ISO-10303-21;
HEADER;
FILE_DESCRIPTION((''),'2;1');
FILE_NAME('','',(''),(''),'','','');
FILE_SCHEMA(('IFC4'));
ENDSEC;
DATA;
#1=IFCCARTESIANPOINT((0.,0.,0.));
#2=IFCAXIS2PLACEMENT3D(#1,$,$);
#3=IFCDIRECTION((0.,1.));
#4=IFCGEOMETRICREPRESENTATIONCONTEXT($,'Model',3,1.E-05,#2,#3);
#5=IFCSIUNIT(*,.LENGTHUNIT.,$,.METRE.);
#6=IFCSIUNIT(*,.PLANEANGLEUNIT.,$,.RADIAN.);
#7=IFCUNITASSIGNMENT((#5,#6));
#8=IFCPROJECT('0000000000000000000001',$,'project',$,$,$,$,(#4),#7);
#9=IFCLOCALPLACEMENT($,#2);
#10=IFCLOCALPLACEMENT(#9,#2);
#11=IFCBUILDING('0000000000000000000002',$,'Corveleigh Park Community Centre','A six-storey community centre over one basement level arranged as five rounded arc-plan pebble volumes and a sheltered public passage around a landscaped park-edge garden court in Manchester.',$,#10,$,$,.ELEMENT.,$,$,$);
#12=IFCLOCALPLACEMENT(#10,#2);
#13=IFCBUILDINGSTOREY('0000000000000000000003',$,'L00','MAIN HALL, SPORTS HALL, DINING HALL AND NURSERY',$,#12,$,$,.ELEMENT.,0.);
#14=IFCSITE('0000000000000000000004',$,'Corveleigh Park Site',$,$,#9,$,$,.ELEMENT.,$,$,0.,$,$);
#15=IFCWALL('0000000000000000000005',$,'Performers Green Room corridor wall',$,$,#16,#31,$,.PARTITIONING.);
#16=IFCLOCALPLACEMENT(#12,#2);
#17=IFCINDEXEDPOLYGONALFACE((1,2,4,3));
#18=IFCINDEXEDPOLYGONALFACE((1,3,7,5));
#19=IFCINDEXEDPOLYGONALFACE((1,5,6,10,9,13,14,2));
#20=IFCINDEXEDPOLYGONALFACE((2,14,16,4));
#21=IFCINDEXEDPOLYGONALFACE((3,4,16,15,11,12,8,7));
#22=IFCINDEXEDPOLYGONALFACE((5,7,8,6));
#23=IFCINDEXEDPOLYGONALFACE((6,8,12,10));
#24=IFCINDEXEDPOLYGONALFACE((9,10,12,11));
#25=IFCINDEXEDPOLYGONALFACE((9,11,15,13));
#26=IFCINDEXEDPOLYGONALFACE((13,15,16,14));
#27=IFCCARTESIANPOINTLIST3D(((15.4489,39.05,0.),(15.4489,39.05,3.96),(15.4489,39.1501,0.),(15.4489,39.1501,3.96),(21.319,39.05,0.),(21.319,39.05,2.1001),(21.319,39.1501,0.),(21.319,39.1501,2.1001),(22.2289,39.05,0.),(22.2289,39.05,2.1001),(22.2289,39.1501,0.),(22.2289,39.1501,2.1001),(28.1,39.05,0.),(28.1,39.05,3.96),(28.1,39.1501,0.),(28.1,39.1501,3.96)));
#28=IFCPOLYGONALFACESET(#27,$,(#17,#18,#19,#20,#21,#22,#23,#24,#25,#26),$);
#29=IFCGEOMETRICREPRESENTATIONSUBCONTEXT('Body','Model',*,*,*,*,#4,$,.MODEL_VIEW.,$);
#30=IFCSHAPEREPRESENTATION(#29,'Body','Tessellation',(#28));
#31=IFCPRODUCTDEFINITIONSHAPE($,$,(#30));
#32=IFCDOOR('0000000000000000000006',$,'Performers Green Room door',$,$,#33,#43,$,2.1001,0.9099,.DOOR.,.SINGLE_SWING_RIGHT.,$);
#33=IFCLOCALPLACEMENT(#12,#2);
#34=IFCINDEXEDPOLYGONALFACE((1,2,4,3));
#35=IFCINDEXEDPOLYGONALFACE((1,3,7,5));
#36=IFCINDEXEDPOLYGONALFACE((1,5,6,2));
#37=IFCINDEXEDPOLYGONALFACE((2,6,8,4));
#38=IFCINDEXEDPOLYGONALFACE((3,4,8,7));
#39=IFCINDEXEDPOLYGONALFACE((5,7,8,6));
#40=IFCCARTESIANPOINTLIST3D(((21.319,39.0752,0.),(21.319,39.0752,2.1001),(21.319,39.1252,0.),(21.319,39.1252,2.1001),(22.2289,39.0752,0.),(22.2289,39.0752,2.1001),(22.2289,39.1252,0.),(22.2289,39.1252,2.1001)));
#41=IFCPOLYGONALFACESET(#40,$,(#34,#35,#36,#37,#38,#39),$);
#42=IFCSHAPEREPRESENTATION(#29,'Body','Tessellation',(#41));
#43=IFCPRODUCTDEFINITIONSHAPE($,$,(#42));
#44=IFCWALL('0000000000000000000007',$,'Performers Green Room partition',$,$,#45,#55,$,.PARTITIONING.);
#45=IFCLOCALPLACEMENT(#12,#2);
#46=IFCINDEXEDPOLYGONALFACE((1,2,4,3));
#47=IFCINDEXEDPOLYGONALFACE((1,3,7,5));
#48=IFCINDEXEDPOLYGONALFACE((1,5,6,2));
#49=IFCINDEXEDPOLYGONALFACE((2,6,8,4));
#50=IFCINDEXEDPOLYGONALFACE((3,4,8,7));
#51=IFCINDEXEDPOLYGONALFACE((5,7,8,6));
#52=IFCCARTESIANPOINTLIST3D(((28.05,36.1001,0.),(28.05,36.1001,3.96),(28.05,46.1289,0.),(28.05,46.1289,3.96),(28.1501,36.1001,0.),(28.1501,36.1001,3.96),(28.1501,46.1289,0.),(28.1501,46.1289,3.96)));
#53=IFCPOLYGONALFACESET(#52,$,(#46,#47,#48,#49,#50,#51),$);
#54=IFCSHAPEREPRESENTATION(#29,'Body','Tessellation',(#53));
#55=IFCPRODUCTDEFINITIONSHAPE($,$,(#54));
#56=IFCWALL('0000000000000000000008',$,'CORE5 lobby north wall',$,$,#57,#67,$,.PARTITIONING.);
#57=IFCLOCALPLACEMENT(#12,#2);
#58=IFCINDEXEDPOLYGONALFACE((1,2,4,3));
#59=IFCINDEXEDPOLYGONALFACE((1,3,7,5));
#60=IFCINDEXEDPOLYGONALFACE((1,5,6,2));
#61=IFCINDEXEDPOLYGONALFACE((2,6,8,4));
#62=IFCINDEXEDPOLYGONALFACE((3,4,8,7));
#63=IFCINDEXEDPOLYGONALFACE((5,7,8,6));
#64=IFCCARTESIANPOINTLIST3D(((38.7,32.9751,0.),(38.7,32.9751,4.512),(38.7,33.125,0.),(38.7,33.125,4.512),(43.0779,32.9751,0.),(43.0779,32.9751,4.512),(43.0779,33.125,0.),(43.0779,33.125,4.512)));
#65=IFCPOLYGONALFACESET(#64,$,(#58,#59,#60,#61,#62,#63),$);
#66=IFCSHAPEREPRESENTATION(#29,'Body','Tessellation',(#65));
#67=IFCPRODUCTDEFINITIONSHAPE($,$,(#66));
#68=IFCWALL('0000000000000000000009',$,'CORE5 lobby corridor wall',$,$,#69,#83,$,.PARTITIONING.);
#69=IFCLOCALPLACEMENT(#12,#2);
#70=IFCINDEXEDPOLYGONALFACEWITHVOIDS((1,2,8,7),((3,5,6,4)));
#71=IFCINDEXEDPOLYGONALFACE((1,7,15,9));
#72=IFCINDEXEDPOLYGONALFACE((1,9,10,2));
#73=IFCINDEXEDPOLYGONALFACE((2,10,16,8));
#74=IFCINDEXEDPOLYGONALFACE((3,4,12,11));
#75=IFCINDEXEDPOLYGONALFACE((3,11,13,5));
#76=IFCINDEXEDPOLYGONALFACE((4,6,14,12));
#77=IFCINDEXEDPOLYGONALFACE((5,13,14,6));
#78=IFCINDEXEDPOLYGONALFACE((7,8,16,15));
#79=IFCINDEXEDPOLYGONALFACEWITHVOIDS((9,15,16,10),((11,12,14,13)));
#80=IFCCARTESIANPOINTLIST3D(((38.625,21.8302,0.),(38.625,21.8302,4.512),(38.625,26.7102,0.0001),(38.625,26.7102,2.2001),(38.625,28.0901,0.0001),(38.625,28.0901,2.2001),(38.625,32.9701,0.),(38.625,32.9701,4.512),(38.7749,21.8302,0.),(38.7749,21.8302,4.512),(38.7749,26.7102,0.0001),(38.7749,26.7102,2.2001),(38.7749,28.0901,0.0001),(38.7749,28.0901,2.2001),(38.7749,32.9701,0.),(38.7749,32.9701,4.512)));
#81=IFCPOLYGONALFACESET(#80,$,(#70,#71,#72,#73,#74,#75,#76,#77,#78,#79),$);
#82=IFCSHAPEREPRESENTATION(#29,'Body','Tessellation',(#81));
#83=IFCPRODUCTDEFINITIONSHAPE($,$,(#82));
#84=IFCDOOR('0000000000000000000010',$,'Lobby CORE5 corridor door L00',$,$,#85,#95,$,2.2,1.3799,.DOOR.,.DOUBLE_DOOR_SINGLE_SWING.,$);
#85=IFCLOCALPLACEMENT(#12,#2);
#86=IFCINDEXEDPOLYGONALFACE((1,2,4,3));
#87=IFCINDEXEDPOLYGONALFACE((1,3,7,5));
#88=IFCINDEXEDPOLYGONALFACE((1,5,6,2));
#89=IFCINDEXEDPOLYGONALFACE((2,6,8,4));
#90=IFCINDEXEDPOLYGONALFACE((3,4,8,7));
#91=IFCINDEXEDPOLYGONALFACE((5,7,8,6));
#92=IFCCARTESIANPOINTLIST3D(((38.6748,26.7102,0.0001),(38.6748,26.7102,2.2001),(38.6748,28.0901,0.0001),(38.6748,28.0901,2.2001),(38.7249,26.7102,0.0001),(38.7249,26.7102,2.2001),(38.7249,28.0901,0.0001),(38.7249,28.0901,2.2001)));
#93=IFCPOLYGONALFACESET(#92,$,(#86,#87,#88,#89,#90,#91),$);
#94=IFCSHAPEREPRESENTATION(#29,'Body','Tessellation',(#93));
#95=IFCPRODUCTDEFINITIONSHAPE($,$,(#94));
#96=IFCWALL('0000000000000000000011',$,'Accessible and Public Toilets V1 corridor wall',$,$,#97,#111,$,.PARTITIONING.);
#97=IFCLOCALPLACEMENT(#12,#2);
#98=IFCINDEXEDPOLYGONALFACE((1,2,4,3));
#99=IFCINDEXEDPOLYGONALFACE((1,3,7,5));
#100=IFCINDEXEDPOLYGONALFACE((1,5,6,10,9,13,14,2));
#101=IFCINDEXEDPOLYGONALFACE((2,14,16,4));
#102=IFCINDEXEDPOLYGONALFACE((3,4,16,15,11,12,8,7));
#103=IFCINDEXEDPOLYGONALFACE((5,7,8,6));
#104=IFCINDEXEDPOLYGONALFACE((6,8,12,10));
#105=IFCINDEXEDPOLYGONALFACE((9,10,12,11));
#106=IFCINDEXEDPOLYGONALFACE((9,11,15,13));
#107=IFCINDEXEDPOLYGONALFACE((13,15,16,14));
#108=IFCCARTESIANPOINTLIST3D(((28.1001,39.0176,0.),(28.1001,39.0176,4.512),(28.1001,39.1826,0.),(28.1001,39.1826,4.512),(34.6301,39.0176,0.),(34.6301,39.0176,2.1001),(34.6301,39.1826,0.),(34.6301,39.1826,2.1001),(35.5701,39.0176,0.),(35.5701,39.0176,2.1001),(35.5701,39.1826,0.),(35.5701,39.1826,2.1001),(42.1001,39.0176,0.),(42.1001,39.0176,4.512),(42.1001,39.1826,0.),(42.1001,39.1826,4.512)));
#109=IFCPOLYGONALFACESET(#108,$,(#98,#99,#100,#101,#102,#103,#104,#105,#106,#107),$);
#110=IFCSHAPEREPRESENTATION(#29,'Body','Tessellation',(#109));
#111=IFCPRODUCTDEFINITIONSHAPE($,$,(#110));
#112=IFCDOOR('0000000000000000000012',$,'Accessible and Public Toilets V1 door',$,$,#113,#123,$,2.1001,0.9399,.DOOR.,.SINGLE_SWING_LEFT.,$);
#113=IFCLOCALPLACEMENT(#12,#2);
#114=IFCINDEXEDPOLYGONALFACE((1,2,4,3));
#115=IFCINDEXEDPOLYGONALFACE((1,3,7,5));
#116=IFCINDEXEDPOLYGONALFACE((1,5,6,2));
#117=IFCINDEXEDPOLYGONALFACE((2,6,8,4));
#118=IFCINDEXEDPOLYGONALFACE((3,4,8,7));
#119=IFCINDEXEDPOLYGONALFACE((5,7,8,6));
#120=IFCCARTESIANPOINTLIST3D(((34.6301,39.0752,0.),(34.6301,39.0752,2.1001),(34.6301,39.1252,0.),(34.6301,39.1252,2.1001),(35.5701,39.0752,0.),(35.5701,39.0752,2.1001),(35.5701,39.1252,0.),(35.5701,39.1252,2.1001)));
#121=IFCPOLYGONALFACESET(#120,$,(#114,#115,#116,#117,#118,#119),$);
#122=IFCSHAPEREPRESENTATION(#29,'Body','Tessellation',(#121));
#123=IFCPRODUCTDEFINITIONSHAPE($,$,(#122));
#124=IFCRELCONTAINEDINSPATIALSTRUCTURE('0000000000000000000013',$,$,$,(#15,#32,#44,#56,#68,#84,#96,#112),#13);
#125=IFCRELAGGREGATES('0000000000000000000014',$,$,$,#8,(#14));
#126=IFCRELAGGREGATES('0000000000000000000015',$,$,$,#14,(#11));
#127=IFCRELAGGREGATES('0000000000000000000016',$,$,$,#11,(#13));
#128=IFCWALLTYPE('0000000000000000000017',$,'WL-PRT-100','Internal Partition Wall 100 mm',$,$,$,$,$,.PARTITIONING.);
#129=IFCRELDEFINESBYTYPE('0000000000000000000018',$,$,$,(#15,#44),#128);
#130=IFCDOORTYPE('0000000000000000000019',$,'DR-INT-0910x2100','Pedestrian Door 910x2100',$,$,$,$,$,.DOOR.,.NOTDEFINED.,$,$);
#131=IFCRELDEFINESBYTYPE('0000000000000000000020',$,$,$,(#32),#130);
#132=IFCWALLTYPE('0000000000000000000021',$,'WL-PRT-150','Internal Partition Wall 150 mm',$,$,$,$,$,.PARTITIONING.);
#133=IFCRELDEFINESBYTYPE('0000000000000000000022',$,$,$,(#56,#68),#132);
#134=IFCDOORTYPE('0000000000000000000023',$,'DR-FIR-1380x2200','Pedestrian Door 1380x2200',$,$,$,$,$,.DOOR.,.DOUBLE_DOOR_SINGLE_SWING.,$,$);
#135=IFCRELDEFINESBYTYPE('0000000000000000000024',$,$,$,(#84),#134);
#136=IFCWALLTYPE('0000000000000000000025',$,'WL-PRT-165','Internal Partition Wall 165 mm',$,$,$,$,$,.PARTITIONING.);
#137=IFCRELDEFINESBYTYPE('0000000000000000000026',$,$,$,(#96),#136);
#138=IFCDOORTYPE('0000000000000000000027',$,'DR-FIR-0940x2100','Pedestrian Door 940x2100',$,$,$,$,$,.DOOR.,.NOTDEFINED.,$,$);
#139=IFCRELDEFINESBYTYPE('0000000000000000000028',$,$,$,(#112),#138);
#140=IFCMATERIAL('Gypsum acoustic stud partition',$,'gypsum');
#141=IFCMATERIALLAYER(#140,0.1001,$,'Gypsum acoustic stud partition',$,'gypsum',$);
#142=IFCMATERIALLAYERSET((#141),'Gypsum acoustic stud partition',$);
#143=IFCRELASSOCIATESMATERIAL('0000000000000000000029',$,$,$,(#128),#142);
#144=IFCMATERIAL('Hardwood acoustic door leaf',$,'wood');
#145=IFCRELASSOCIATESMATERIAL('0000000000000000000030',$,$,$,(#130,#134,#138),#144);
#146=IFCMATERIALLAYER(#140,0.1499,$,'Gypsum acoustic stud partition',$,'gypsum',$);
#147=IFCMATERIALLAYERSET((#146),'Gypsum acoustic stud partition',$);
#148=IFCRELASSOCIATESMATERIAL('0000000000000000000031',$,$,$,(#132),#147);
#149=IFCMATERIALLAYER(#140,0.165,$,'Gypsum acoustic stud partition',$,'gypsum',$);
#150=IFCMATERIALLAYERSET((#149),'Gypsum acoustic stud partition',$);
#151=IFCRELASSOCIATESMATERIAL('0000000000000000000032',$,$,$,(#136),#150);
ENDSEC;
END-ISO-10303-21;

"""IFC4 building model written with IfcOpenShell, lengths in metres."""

from ifc_helpers import new_model, si_unit, direction, frame, frame_2d, origin, place, context, subcontext, project, spatial, rectangle, extrude, material, layer, layer_set, type_object, element, fill, save


model = new_model("IFC4")

# Units and contexts
model_context = context("Model", 3, precision=1e-05, world=origin(), true_north=direction((0.0, 1.0)))
body_context = subcontext(model_context, "Body", "Model", "MODEL_VIEW")
ifc_project = project(units=[si_unit("LENGTHUNIT", "METRE"), si_unit("PLANEANGLEUNIT", "RADIAN")], contexts=[model_context])

# Site, building, storey
site_placement = place(None, origin())
site = spatial("IfcSite", under=ifc_project, at=site_placement, Name="Corveleigh Park Site", CompositionType="ELEMENT", RefElevation=0.0)
building_placement = place(site_placement, origin())
building = spatial("IfcBuilding", under=site, at=building_placement, Name="Corveleigh Park Community Centre", Description="A six-storey community centre over one basement level arranged as five rounded arc-plan pebble volumes and a sheltered public passage around a landscaped park-edge garden court in Manchester.", CompositionType="ELEMENT")
storey_placement = place(building_placement, origin())
storey = spatial("IfcBuildingStorey", under=building, at=storey_placement, Name="L00", Description="MAIN HALL, SPORTS HALL, DINING HALL AND NURSERY", CompositionType="ELEMENT", Elevation=0.0)

# Wall, opening, door
ifc_material_1 = material(Name="Gypsum acoustic stud partition", Category="gypsum")
ifc_layer_1 = layer(ifc_material_1, 0.1001, Name="Gypsum acoustic stud partition", Category="gypsum")
ifc_layer_set_1 = layer_set([ifc_layer_1], Name="Gypsum acoustic stud partition")
wall_type_1 = type_object("IfcWallType", Name="WL-PRT-100", Description="Internal Partition Wall 100 mm", PredefinedType="PARTITIONING", material=ifc_layer_set_1)
wall_1_placement = place(storey_placement, frame((28.1001, 39.1001, 0.0), z_axis=(0.0, 0.0, 1.0), x_axis=(-1.0, 0.0, 0.0)))
wall_1 = element("IfcWall", 1, at=wall_1_placement, inside=storey, type_object=wall_type_1, Name="Performers Green Room corridor wall", PredefinedType="PARTITIONING", context=body_context, shape_type="SweptSolid", body=[
    extrude(rectangle(XDim=12.6511, YDim=0.1001, at=frame_2d((6.3257, 0.0))), origin(), (0.0, 0.0, 1.0), 3.96),
])
opening_1_placement = place(wall_1_placement, frame((5.8711, 0.0, 0.0)))
opening_1 = element("IfcOpeningElement", 2, at=opening_1_placement, cuts=wall_1, PredefinedType="OPENING", context=body_context, shape_type="SweptSolid", body=[
    extrude(rectangle(XDim=0.9099, YDim=2.1001, at=frame_2d((0.4551, 1.05))), frame((0.0, 0.0601, 0.0), z_axis=(0.0, -1.0, 0.0), x_axis=(1.0, 0.0, 0.0)), (0.0, 0.0, 1.0), 0.1201),
])
ifc_material_2 = material(Name="Hardwood acoustic door leaf", Category="wood")
door_type_1 = type_object("IfcDoorType", Name="DR-INT-0910x2100", Description="Pedestrian Door 910x2100", OperationType="NOTDEFINED", PredefinedType="DOOR", material=ifc_material_2)
door_1_placement = place(opening_1_placement, origin())
door_1 = element("IfcDoor", 3, at=door_1_placement, inside=storey, type_object=door_type_1, Name="Performers Green Room door", OperationType="SINGLE_SWING_RIGHT", OverallHeight=2.1001, OverallWidth=0.9099, PredefinedType="DOOR", context=body_context, shape_type="SweptSolid", body=[
    extrude(rectangle(XDim=0.9099, YDim=2.1001, at=frame_2d((0.4551, 1.05))), frame((0.0, 0.0249, 0.0), z_axis=(0.0, -1.0, 0.0), x_axis=(1.0, 0.0, 0.0)), (0.0, 0.0, 1.0), 0.05),
])
fill(opening_1, door_1)

# Walls
wall_2_placement = place(storey_placement, frame((28.1001, 36.1001, 0.0), z_axis=(0.0, 0.0, 1.0), x_axis=(0.0, 1.0, 0.0)))
element("IfcWall", 4, at=wall_2_placement, inside=storey, type_object=wall_type_1, Name="Performers Green Room partition", PredefinedType="PARTITIONING", context=body_context, shape_type="SweptSolid", body=[
    extrude(rectangle(XDim=10.0288, YDim=0.1001, at=frame_2d((5.0144, 0.0))), origin(), (0.0, 0.0, 1.0), 3.96),
])
ifc_layer_2 = layer(ifc_material_1, 0.1499, Name="Gypsum acoustic stud partition", Category="gypsum")
ifc_layer_set_2 = layer_set([ifc_layer_2], Name="Gypsum acoustic stud partition")
wall_type_2 = type_object("IfcWallType", Name="WL-PRT-150", Description="Internal Partition Wall 150 mm", PredefinedType="PARTITIONING", material=ifc_layer_set_2)
wall_3_placement = place(storey_placement, frame((43.0779, 33.05, 0.0), z_axis=(0.0, 0.0, 1.0), x_axis=(-1.0, 0.0, 0.0)))
element("IfcWall", 5, at=wall_3_placement, inside=storey, type_object=wall_type_2, Name="CORE5 lobby north wall", PredefinedType="PARTITIONING", context=body_context, shape_type="SweptSolid", body=[
    extrude(rectangle(XDim=4.3779, YDim=0.1499, at=frame_2d((2.189, 0.0))), origin(), (0.0, 0.0, 1.0), 4.512),
])

# Walls, openings, doors
wall_4_placement = place(storey_placement, frame((38.7, 32.97, 0.0), z_axis=(0.0, 0.0, 1.0), x_axis=(0.0, -1.0, 0.0)))
wall_4 = element("IfcWall", 6, at=wall_4_placement, inside=storey, type_object=wall_type_2, Name="CORE5 lobby corridor wall", PredefinedType="PARTITIONING", context=body_context, shape_type="SweptSolid", body=[
    extrude(rectangle(XDim=11.1399, YDim=0.1499, at=frame_2d((5.5698, 0.0))), origin(), (0.0, 0.0, 1.0), 4.512),
])
opening_2_placement = place(wall_4_placement, frame((4.8799, 0.0, 0.0)))
opening_2 = element("IfcOpeningElement", 7, at=opening_2_placement, cuts=wall_4, PredefinedType="OPENING", context=body_context, shape_type="SweptSolid", body=[
    extrude(rectangle(XDim=1.3799, YDim=2.2, at=frame_2d((0.6899, 1.1001))), frame((0.0, 0.085, 0.0), z_axis=(0.0, -1.0, 0.0), x_axis=(1.0, 0.0, 0.0)), (0.0, 0.0, 1.0), 0.1699),
])
door_type_2 = type_object("IfcDoorType", Name="DR-FIR-1380x2200", Description="Pedestrian Door 1380x2200", OperationType="DOUBLE_DOOR_SINGLE_SWING", PredefinedType="DOOR", material=ifc_material_2)
door_2_placement = place(opening_2_placement, origin())
door_2 = element("IfcDoor", 8, at=door_2_placement, inside=storey, type_object=door_type_2, Name="Lobby CORE5 corridor door L00", OperationType="DOUBLE_DOOR_SINGLE_SWING", OverallHeight=2.2, OverallWidth=1.3799, PredefinedType="DOOR", context=body_context, shape_type="SweptSolid", body=[
    extrude(rectangle(XDim=1.3799, YDim=2.2, at=frame_2d((0.6899, 1.1001))), frame((0.0, 0.0249, 0.0), z_axis=(0.0, -1.0, 0.0), x_axis=(1.0, 0.0, 0.0)), (0.0, 0.0, 1.0), 0.05),
])
fill(opening_2, door_2)
ifc_layer_3 = layer(ifc_material_1, 0.165, Name="Gypsum acoustic stud partition", Category="gypsum")
ifc_layer_set_3 = layer_set([ifc_layer_3], Name="Gypsum acoustic stud partition")
wall_type_3 = type_object("IfcWallType", Name="WL-PRT-165", Description="Internal Partition Wall 165 mm", PredefinedType="PARTITIONING", material=ifc_layer_set_3)
wall_5_placement = place(storey_placement, frame((42.1001, 39.1001, 0.0), z_axis=(0.0, 0.0, 1.0), x_axis=(-1.0, 0.0, 0.0)))
wall_5 = element("IfcWall", 9, at=wall_5_placement, inside=storey, type_object=wall_type_3, Name="Accessible and Public Toilets V1 corridor wall", PredefinedType="PARTITIONING", context=body_context, shape_type="SweptSolid", body=[
    extrude(rectangle(XDim=14.0, YDim=0.165, at=frame_2d((7.0, 0.0))), origin(), (0.0, 0.0, 1.0), 4.512),
])
opening_3_placement = place(wall_5_placement, frame((6.53, 0.0, 0.0)))
opening_3 = element("IfcOpeningElement", 10, at=opening_3_placement, cuts=wall_5, PredefinedType="OPENING", context=body_context, shape_type="SweptSolid", body=[
    extrude(rectangle(XDim=0.9399, YDim=2.1001, at=frame_2d((0.47, 1.05))), frame((0.0, 0.0925, 0.0), z_axis=(0.0, -1.0, 0.0), x_axis=(1.0, 0.0, 0.0)), (0.0, 0.0, 1.0), 0.1851),
])
door_type_3 = type_object("IfcDoorType", Name="DR-FIR-0940x2100", Description="Pedestrian Door 940x2100", OperationType="NOTDEFINED", PredefinedType="DOOR", material=ifc_material_2)
door_3_placement = place(opening_3_placement, origin())
door_3 = element("IfcDoor", 11, at=door_3_placement, inside=storey, type_object=door_type_3, Name="Accessible and Public Toilets V1 door", OperationType="SINGLE_SWING_LEFT", OverallHeight=2.1001, OverallWidth=0.9399, PredefinedType="DOOR", context=body_context, shape_type="SweptSolid", body=[
    extrude(rectangle(XDim=0.9399, YDim=2.1001, at=frame_2d((0.47, 1.05))), frame((0.0, 0.0249, 0.0), z_axis=(0.0, -1.0, 0.0), x_axis=(1.0, 0.0, 0.0)), (0.0, 0.0, 1.0), 0.05),
])
fill(opening_3, door_3)

save(model, "model.ifc")
